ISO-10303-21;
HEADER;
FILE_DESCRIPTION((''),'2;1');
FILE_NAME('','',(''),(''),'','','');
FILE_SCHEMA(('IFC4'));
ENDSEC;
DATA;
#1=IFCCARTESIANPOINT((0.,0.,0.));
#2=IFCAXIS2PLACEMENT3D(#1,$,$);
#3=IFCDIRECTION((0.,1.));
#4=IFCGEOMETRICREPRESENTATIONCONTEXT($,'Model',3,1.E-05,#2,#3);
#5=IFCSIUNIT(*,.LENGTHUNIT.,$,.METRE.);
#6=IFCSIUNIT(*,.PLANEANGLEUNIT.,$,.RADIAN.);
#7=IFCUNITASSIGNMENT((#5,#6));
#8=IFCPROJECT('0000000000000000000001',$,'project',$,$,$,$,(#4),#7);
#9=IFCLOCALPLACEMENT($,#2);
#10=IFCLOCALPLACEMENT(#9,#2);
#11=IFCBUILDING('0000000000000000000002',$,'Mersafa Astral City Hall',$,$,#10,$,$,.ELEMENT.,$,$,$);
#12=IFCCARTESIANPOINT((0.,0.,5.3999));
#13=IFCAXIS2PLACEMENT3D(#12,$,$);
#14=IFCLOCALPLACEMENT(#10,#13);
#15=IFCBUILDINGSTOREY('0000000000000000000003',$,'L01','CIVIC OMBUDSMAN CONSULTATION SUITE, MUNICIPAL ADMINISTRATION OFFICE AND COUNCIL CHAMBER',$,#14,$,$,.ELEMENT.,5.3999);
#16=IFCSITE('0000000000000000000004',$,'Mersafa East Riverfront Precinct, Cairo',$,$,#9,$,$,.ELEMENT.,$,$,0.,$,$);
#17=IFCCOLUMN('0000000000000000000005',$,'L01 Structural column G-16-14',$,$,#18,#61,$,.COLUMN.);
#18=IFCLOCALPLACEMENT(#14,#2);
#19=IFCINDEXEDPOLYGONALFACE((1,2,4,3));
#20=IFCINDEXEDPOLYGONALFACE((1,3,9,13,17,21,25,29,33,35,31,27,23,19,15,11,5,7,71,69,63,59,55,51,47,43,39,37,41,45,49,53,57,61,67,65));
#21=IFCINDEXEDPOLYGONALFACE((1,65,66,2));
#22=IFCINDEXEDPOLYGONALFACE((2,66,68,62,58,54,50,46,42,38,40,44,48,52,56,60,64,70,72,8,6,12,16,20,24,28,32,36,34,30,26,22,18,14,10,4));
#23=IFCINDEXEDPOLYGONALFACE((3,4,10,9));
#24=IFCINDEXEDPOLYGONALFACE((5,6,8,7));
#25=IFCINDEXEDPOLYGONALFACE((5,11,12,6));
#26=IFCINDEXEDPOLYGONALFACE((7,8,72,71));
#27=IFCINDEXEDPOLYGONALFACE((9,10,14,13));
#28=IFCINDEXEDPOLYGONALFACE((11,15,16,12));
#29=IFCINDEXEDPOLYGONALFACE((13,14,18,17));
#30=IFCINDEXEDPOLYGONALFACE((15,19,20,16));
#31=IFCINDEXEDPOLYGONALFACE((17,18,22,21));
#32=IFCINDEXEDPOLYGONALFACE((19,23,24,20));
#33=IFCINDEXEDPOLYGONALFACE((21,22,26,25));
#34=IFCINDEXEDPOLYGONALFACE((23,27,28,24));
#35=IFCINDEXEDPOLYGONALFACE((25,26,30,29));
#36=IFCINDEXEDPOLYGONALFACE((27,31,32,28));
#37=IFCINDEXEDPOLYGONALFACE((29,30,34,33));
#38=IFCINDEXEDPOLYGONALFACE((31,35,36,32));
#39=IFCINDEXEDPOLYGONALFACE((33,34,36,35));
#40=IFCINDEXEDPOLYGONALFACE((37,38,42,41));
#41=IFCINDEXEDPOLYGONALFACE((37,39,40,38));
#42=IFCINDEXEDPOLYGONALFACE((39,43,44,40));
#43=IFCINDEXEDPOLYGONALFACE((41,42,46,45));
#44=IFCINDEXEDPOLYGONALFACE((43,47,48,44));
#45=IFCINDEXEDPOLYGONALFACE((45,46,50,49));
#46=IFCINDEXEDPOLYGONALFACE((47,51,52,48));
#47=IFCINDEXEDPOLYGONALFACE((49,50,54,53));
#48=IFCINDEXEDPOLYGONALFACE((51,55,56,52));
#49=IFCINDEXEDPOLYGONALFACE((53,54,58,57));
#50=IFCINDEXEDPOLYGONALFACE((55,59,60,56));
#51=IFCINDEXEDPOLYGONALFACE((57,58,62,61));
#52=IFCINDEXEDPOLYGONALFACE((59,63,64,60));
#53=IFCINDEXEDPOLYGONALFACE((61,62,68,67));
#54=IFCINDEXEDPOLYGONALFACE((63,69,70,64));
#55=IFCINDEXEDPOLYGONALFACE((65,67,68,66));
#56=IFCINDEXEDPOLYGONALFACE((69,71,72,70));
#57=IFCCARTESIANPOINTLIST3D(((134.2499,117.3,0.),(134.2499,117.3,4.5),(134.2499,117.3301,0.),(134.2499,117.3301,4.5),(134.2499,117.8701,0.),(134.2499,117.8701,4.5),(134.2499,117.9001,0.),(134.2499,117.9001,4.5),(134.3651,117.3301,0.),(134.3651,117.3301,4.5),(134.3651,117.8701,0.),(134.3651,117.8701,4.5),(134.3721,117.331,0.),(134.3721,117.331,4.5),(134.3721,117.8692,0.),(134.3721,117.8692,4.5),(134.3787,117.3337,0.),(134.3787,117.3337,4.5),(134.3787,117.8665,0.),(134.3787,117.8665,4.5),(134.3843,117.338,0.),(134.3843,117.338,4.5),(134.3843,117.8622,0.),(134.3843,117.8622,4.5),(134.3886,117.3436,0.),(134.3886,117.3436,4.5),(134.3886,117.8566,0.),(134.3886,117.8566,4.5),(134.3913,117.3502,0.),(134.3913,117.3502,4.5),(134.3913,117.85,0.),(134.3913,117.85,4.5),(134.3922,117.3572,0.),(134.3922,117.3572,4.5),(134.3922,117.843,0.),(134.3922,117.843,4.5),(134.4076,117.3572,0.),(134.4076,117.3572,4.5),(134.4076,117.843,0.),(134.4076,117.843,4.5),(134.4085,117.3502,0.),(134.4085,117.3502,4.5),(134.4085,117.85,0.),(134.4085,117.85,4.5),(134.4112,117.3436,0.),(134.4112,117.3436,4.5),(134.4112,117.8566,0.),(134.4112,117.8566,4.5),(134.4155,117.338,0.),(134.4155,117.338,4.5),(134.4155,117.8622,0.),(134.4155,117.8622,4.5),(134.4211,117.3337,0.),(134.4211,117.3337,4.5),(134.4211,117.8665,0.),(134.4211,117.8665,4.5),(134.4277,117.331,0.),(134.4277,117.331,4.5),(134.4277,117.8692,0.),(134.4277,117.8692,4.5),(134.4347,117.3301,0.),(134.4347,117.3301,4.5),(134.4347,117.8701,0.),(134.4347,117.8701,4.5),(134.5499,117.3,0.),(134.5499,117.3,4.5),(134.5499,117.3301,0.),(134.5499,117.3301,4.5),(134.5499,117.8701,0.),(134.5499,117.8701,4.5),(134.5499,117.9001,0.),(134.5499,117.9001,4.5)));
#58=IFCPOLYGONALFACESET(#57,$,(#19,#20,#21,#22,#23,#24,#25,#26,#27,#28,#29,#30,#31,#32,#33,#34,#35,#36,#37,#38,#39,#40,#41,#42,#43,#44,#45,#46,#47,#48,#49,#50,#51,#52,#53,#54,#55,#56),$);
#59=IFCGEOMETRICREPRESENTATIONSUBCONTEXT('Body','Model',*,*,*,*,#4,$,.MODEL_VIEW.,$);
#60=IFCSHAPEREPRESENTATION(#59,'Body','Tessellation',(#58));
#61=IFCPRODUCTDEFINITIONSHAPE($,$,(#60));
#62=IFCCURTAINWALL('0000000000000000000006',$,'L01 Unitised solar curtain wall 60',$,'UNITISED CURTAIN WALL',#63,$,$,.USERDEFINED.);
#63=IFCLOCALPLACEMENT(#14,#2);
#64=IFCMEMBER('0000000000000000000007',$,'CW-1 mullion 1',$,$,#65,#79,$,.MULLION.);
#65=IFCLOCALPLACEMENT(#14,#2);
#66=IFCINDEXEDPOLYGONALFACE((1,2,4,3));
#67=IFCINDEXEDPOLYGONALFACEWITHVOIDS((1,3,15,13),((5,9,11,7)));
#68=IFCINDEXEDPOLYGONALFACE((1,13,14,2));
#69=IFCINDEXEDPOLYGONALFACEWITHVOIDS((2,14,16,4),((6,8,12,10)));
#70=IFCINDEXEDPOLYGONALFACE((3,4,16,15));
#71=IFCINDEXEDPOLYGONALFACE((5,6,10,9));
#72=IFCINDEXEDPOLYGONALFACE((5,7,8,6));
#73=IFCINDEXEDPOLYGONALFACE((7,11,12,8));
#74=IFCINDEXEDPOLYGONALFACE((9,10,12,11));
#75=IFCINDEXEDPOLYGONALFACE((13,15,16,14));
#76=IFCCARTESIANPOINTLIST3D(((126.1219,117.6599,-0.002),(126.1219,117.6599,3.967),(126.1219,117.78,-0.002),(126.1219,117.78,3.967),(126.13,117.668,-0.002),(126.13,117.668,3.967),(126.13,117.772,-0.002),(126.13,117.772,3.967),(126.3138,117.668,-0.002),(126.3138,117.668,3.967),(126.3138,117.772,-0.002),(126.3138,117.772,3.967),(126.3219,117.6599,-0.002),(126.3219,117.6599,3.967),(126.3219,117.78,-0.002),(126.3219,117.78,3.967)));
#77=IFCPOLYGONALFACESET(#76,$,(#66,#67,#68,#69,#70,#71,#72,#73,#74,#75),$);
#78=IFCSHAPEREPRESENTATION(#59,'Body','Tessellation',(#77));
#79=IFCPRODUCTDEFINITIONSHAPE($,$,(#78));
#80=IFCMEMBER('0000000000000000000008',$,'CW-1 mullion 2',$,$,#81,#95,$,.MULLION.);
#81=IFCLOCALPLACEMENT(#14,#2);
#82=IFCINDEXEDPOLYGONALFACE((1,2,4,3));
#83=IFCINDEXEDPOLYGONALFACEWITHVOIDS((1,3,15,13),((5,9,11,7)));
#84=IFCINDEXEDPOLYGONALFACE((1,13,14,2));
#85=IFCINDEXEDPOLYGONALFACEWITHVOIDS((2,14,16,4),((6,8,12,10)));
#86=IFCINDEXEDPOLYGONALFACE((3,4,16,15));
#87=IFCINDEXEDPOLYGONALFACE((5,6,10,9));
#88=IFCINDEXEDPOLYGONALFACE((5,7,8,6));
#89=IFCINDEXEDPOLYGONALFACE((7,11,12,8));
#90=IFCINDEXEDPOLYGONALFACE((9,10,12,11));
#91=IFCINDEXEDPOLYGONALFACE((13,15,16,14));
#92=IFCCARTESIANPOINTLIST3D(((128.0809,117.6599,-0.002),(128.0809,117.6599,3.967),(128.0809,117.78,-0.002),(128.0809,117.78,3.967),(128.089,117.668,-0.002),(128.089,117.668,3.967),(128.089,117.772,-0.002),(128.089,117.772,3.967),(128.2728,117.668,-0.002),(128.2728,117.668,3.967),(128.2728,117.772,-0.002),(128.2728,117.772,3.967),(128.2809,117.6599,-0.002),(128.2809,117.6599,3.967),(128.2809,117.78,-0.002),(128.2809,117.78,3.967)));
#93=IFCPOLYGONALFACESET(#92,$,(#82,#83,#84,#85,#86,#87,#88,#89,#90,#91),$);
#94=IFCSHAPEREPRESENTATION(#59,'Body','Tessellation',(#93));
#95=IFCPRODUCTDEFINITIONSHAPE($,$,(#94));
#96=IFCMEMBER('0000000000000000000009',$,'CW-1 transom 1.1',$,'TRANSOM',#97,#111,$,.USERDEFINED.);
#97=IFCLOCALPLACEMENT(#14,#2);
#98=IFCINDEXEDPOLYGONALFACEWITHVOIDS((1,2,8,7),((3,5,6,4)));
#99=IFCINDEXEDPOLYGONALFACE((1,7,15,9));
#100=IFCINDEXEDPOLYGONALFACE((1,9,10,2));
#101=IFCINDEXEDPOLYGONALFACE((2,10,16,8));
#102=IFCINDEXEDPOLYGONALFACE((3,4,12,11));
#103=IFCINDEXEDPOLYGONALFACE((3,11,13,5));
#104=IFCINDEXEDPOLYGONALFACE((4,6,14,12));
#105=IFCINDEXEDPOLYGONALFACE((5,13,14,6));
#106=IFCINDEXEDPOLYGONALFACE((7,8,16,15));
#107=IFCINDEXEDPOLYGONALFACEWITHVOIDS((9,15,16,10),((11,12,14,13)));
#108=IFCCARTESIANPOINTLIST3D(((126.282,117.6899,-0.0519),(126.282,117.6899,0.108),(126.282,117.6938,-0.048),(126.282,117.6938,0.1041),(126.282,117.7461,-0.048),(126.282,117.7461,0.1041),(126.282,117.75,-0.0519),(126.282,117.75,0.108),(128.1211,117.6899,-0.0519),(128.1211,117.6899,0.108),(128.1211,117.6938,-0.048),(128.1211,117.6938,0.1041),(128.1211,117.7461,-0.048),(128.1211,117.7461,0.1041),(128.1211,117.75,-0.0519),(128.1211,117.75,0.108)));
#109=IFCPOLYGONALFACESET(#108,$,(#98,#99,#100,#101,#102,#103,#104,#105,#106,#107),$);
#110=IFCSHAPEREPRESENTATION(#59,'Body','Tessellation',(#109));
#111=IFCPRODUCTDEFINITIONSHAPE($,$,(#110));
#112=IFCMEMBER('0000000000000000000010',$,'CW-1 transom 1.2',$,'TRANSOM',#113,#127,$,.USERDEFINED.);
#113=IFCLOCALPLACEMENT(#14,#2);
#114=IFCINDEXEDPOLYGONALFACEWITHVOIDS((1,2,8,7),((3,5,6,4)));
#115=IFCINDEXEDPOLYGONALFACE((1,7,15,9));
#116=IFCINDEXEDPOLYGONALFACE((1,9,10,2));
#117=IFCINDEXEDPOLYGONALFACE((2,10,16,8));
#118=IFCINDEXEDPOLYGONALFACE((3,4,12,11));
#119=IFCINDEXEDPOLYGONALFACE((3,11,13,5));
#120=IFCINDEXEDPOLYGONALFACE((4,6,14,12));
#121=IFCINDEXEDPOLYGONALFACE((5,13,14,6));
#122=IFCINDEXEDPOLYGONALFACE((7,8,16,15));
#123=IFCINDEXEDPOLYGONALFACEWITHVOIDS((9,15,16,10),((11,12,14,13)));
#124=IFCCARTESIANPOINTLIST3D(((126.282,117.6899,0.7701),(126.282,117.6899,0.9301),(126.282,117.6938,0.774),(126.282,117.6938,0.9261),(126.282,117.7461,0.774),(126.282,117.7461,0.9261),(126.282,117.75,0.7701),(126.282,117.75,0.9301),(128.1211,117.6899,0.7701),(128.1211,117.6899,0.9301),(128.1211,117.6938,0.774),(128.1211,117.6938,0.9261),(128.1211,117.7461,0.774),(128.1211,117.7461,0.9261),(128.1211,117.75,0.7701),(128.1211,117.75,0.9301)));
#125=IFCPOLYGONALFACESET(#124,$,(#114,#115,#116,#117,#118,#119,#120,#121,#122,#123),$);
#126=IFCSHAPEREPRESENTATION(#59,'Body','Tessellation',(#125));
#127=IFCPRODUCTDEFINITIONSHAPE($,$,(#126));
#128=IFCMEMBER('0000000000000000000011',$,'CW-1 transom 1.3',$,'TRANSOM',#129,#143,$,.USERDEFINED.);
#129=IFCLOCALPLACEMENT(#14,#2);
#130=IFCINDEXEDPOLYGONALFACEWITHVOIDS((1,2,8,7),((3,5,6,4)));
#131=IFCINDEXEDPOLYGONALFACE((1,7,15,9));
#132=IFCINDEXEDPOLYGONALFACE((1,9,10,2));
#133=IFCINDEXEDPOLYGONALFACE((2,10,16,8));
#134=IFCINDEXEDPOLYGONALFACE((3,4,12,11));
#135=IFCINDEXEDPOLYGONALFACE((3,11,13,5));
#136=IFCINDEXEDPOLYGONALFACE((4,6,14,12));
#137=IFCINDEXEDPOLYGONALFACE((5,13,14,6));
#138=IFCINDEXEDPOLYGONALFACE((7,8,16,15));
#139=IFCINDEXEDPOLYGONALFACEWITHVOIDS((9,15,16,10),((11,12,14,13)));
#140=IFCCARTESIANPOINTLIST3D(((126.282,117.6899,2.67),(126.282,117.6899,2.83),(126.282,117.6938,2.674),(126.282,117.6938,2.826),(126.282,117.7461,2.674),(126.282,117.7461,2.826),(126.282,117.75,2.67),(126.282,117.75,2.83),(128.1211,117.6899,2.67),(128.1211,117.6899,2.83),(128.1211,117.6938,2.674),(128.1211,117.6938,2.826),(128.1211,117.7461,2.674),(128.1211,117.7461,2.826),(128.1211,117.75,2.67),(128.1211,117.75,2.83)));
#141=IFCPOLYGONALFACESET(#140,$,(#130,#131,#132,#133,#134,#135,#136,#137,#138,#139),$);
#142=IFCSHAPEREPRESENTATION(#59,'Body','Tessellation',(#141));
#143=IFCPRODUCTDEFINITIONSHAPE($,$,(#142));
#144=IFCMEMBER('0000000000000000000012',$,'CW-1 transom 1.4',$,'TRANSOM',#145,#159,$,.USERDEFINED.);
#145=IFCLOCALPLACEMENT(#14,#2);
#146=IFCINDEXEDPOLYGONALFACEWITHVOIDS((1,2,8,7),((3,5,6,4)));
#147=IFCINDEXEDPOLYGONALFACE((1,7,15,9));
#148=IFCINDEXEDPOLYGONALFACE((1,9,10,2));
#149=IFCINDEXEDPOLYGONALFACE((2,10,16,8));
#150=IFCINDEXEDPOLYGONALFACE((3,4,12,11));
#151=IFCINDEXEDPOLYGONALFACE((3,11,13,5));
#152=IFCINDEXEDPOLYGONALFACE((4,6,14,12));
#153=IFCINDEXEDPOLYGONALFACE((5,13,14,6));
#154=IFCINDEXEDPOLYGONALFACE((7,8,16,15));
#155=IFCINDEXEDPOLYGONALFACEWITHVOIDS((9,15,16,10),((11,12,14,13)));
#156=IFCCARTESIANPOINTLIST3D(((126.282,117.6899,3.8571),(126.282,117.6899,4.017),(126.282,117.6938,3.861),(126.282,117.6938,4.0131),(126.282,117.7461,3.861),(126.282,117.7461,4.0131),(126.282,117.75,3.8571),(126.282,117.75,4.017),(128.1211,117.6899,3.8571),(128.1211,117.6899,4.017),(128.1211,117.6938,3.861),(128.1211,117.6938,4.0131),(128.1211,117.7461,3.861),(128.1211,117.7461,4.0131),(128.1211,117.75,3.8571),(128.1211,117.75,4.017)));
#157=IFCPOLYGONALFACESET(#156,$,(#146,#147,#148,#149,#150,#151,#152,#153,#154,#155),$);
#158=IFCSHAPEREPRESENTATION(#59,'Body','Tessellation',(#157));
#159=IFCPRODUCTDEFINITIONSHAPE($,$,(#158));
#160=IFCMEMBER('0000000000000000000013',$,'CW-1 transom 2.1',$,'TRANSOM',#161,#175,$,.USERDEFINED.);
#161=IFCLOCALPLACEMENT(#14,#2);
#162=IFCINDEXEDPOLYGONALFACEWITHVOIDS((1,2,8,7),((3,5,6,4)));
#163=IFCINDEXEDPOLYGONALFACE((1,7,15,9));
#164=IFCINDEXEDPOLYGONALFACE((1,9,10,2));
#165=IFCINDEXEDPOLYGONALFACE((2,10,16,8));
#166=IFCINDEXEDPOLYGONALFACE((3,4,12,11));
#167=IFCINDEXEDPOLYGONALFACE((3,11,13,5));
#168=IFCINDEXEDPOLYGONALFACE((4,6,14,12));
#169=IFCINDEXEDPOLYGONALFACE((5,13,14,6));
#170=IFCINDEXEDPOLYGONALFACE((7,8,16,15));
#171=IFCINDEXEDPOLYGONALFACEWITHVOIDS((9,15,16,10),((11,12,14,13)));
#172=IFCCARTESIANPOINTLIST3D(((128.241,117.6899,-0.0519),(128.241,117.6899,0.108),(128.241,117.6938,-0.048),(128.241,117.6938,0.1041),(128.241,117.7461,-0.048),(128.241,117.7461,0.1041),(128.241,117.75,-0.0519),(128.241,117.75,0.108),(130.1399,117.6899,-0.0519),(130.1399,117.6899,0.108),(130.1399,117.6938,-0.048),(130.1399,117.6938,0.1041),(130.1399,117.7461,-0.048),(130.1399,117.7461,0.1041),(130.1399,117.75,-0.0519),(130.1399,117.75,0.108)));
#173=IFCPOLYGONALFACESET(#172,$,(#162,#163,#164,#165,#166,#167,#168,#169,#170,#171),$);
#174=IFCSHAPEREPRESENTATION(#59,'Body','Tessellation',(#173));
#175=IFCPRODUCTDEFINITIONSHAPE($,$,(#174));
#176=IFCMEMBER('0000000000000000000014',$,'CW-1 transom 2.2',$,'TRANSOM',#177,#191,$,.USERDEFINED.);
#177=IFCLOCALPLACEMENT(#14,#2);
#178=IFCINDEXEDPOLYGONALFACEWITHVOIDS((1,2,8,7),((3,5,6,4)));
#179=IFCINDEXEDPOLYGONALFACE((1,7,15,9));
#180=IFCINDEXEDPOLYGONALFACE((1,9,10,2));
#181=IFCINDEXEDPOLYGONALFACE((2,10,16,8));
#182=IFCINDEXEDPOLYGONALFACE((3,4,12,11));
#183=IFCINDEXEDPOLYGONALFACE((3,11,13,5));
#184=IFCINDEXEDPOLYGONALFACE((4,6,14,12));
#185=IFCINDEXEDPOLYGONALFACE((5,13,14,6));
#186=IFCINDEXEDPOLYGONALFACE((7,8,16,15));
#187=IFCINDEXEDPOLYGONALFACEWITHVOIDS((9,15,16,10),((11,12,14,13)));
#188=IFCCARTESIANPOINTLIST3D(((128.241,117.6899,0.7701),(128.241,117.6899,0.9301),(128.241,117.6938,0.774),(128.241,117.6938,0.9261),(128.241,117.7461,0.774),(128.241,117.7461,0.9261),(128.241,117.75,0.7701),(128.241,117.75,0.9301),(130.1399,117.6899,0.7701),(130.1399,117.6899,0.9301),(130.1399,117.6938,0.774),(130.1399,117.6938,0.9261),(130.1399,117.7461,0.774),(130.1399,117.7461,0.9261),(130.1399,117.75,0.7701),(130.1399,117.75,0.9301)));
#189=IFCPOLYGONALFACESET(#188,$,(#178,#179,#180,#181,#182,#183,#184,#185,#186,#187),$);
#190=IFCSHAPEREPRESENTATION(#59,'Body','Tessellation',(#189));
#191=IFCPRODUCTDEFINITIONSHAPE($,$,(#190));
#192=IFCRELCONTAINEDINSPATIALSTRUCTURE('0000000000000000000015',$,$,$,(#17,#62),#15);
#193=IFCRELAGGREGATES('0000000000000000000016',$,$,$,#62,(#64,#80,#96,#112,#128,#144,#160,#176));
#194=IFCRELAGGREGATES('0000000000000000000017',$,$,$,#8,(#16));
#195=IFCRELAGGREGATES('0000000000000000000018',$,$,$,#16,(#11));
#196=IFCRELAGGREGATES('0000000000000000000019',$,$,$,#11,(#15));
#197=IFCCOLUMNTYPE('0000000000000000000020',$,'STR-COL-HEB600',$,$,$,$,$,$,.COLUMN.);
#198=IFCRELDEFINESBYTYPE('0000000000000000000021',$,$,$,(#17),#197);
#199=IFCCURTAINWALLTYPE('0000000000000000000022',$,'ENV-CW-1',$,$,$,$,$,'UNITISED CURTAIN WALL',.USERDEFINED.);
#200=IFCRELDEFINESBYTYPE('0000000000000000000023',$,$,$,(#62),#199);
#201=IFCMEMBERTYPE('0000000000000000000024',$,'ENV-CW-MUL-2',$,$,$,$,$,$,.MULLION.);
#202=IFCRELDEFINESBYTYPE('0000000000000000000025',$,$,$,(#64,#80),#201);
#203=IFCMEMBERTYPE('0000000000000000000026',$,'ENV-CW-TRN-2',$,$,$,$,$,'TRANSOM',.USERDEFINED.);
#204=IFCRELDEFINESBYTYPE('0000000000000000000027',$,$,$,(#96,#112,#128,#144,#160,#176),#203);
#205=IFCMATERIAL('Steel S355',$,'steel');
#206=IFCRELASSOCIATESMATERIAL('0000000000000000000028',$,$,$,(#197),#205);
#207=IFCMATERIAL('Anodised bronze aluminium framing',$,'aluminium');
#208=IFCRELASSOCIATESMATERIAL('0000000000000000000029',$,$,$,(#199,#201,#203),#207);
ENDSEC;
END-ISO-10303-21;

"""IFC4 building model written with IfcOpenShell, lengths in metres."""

from ifc_helpers import new_model, si_unit, direction, frame, origin, origin_2d, place, context, subcontext, project, spatial, hollow_rectangle, i_section, extrude, material, material_profile, profile_set, type_object, element, aggregate, save


model = new_model("IFC4")

# Units and contexts
model_context = context("Model", 3, precision=1e-05, world=origin(), true_north=direction((0.0, 1.0)))
body_context = subcontext(model_context, "Body", "Model", "MODEL_VIEW")
ifc_project = project(units=[si_unit("LENGTHUNIT", "METRE"), si_unit("PLANEANGLEUNIT", "RADIAN")], contexts=[model_context])

# Site, building, storey
site_placement = place(None, origin())
site = spatial("IfcSite", under=ifc_project, at=site_placement, Name="Mersafa East Riverfront Precinct, Cairo", CompositionType="ELEMENT", RefElevation=0.0)
building_placement = place(site_placement, origin())
building = spatial("IfcBuilding", under=site, at=building_placement, Name="Mersafa Astral City Hall", CompositionType="ELEMENT")
storey_placement = place(building_placement, frame((0.0, 0.0, 5.3999)))
storey = spatial("IfcBuildingStorey", under=building, at=storey_placement, Name="L01", Description="CIVIC OMBUDSMAN CONSULTATION SUITE, MUNICIPAL ADMINISTRATION OFFICE AND COUNCIL CHAMBER", CompositionType="ELEMENT", Elevation=5.3999)

# Column
ifc_material_1 = material(Name="Steel S355", Category="steel")
ifc_material_profile_1 = material_profile(ifc_material_1, i_section(OverallWidth=0.3, OverallDepth=0.6001, WebThickness=0.0154, FlangeThickness=0.03, FilletRadius=0.0271, at=origin_2d()), Name="HEB 600")
ifc_profile_set_1 = profile_set([ifc_material_profile_1], Name="Steel S355")
column_type = type_object("IfcColumnType", Name="STR-COL-HEB600", PredefinedType="COLUMN", material=ifc_profile_set_1)
column_placement = place(storey_placement, frame((134.3999, 117.6001, 0.0), z_axis=(0.0, 0.0, 1.0), x_axis=(1.0, 0.0, 0.0)))
element("IfcColumn", 1, at=column_placement, inside=storey, type_object=column_type, Name="L01 Structural column G-16-14", PredefinedType="COLUMN", context=body_context, shape_type="SweptSolid", body=[
    extrude(i_section(OverallWidth=0.3, OverallDepth=0.6001, WebThickness=0.0154, FlangeThickness=0.03, FilletRadius=0.0271, at=origin_2d()), origin(), (0.0, 0.0, 1.0), 4.5),
])

# Curtain wall, members
ifc_material_2 = material(Name="Anodised bronze aluminium framing", Category="aluminium")
curtain_wall_type = type_object("IfcCurtainWallType", Name="ENV-CW-1", ElementType="UNITISED CURTAIN WALL", PredefinedType="USERDEFINED", material=ifc_material_2)
curtain_wall_placement = place(storey_placement, origin())
curtain_wall = element("IfcCurtainWall", 2, at=curtain_wall_placement, inside=storey, type_object=curtain_wall_type, Name="L01 Unitised solar curtain wall 60", ObjectType="UNITISED CURTAIN WALL", PredefinedType="USERDEFINED")
ifc_material_profile_2 = material_profile(ifc_material_2, hollow_rectangle(XDim=0.1201, YDim=0.2, WallThickness=0.0081, at=origin_2d()), Name="RHS 120x200x8")
ifc_profile_set_2 = profile_set([ifc_material_profile_2], Name="Anodised bronze aluminium framing")
member_type_1 = type_object("IfcMemberType", Name="ENV-CW-MUL-2", PredefinedType="MULLION", material=ifc_profile_set_2)
member_1_placement = place(storey_placement, frame((126.2219, 117.72, -0.002), z_axis=(0.0, 0.0, 1.0), x_axis=(0.0, 1.0, 0.0)))
member_1 = element("IfcMember", 3, at=member_1_placement, type_object=member_type_1, Name="CW-1 mullion 1", PredefinedType="MULLION", context=body_context, shape_type="SweptSolid", body=[
    extrude(hollow_rectangle(XDim=0.1201, YDim=0.2, WallThickness=0.0081, at=origin_2d()), origin(), (0.0, 0.0, 1.0), 3.969),
])
member_2_placement = place(storey_placement, frame((128.1809, 117.72, -0.002), z_axis=(0.0, 0.0, 1.0), x_axis=(0.0, 1.0, 0.0)))
member_2 = element("IfcMember", 4, at=member_2_placement, type_object=member_type_1, Name="CW-1 mullion 2", PredefinedType="MULLION", context=body_context, shape_type="SweptSolid", body=[
    extrude(hollow_rectangle(XDim=0.1201, YDim=0.2, WallThickness=0.0081, at=origin_2d()), origin(), (0.0, 0.0, 1.0), 3.969),
])
ifc_material_profile_3 = material_profile(ifc_material_2, hollow_rectangle(XDim=0.0601, YDim=0.1599, WallThickness=0.0039, at=origin_2d()), Name="RHS 60x160x4")
ifc_profile_set_3 = profile_set([ifc_material_profile_3], Name="Anodised bronze aluminium framing")
member_type_2 = type_object("IfcMemberType", Name="ENV-CW-TRN-2", ElementType="TRANSOM", PredefinedType="USERDEFINED", material=ifc_profile_set_3)
member_3_placement = place(storey_placement, frame((126.282, 117.72, 0.0281), z_axis=(1.0, 0.0, 0.0), x_axis=(0.0, 1.0, 0.0)))
member_3 = element("IfcMember", 5, at=member_3_placement, type_object=member_type_2, Name="CW-1 transom 1.1", ObjectType="TRANSOM", PredefinedType="USERDEFINED", context=body_context, shape_type="SweptSolid", body=[
    extrude(hollow_rectangle(XDim=0.0601, YDim=0.1599, WallThickness=0.0039, at=origin_2d()), origin(), (0.0, 0.0, 1.0), 1.8391),
])
member_4_placement = place(storey_placement, frame((126.282, 117.72, 0.8501), z_axis=(1.0, 0.0, 0.0), x_axis=(0.0, 1.0, 0.0)))
member_4 = element("IfcMember", 6, at=member_4_placement, type_object=member_type_2, Name="CW-1 transom 1.2", ObjectType="TRANSOM", PredefinedType="USERDEFINED", context=body_context, shape_type="SweptSolid", body=[
    extrude(hollow_rectangle(XDim=0.0601, YDim=0.1599, WallThickness=0.0039, at=origin_2d()), origin(), (0.0, 0.0, 1.0), 1.8391),
])
member_5_placement = place(storey_placement, frame((126.282, 117.72, 2.75), z_axis=(1.0, 0.0, 0.0), x_axis=(0.0, 1.0, 0.0)))
member_5 = element("IfcMember", 7, at=member_5_placement, type_object=member_type_2, Name="CW-1 transom 1.3", ObjectType="TRANSOM", PredefinedType="USERDEFINED", context=body_context, shape_type="SweptSolid", body=[
    extrude(hollow_rectangle(XDim=0.0601, YDim=0.1599, WallThickness=0.0039, at=origin_2d()), origin(), (0.0, 0.0, 1.0), 1.8391),
])
member_6_placement = place(storey_placement, frame((126.282, 117.72, 3.937), z_axis=(1.0, 0.0, 0.0), x_axis=(0.0, 1.0, 0.0)))
member_6 = element("IfcMember", 8, at=member_6_placement, type_object=member_type_2, Name="CW-1 transom 1.4", ObjectType="TRANSOM", PredefinedType="USERDEFINED", context=body_context, shape_type="SweptSolid", body=[
    extrude(hollow_rectangle(XDim=0.0601, YDim=0.1599, WallThickness=0.0039, at=origin_2d()), origin(), (0.0, 0.0, 1.0), 1.8391),
])
member_7_placement = place(storey_placement, frame((128.241, 117.72, 0.0281), z_axis=(1.0, 0.0, 0.0), x_axis=(0.0, 1.0, 0.0)))
member_7 = element("IfcMember", 9, at=member_7_placement, type_object=member_type_2, Name="CW-1 transom 2.1", ObjectType="TRANSOM", PredefinedType="USERDEFINED", context=body_context, shape_type="SweptSolid", body=[
    extrude(hollow_rectangle(XDim=0.0601, YDim=0.1599, WallThickness=0.0039, at=origin_2d()), origin(), (0.0, 0.0, 1.0), 1.8989),
])
member_8_placement = place(storey_placement, frame((128.241, 117.72, 0.8501), z_axis=(1.0, 0.0, 0.0), x_axis=(0.0, 1.0, 0.0)))
member_8 = element("IfcMember", 10, at=member_8_placement, type_object=member_type_2, Name="CW-1 transom 2.2", ObjectType="TRANSOM", PredefinedType="USERDEFINED", context=body_context, shape_type="SweptSolid", body=[
    extrude(hollow_rectangle(XDim=0.0601, YDim=0.1599, WallThickness=0.0039, at=origin_2d()), origin(), (0.0, 0.0, 1.0), 1.8989),
])

aggregate(curtain_wall, [member_1, member_2, member_3, member_4, member_5, member_6, member_7, member_8])

save(model, "model.ifc")
